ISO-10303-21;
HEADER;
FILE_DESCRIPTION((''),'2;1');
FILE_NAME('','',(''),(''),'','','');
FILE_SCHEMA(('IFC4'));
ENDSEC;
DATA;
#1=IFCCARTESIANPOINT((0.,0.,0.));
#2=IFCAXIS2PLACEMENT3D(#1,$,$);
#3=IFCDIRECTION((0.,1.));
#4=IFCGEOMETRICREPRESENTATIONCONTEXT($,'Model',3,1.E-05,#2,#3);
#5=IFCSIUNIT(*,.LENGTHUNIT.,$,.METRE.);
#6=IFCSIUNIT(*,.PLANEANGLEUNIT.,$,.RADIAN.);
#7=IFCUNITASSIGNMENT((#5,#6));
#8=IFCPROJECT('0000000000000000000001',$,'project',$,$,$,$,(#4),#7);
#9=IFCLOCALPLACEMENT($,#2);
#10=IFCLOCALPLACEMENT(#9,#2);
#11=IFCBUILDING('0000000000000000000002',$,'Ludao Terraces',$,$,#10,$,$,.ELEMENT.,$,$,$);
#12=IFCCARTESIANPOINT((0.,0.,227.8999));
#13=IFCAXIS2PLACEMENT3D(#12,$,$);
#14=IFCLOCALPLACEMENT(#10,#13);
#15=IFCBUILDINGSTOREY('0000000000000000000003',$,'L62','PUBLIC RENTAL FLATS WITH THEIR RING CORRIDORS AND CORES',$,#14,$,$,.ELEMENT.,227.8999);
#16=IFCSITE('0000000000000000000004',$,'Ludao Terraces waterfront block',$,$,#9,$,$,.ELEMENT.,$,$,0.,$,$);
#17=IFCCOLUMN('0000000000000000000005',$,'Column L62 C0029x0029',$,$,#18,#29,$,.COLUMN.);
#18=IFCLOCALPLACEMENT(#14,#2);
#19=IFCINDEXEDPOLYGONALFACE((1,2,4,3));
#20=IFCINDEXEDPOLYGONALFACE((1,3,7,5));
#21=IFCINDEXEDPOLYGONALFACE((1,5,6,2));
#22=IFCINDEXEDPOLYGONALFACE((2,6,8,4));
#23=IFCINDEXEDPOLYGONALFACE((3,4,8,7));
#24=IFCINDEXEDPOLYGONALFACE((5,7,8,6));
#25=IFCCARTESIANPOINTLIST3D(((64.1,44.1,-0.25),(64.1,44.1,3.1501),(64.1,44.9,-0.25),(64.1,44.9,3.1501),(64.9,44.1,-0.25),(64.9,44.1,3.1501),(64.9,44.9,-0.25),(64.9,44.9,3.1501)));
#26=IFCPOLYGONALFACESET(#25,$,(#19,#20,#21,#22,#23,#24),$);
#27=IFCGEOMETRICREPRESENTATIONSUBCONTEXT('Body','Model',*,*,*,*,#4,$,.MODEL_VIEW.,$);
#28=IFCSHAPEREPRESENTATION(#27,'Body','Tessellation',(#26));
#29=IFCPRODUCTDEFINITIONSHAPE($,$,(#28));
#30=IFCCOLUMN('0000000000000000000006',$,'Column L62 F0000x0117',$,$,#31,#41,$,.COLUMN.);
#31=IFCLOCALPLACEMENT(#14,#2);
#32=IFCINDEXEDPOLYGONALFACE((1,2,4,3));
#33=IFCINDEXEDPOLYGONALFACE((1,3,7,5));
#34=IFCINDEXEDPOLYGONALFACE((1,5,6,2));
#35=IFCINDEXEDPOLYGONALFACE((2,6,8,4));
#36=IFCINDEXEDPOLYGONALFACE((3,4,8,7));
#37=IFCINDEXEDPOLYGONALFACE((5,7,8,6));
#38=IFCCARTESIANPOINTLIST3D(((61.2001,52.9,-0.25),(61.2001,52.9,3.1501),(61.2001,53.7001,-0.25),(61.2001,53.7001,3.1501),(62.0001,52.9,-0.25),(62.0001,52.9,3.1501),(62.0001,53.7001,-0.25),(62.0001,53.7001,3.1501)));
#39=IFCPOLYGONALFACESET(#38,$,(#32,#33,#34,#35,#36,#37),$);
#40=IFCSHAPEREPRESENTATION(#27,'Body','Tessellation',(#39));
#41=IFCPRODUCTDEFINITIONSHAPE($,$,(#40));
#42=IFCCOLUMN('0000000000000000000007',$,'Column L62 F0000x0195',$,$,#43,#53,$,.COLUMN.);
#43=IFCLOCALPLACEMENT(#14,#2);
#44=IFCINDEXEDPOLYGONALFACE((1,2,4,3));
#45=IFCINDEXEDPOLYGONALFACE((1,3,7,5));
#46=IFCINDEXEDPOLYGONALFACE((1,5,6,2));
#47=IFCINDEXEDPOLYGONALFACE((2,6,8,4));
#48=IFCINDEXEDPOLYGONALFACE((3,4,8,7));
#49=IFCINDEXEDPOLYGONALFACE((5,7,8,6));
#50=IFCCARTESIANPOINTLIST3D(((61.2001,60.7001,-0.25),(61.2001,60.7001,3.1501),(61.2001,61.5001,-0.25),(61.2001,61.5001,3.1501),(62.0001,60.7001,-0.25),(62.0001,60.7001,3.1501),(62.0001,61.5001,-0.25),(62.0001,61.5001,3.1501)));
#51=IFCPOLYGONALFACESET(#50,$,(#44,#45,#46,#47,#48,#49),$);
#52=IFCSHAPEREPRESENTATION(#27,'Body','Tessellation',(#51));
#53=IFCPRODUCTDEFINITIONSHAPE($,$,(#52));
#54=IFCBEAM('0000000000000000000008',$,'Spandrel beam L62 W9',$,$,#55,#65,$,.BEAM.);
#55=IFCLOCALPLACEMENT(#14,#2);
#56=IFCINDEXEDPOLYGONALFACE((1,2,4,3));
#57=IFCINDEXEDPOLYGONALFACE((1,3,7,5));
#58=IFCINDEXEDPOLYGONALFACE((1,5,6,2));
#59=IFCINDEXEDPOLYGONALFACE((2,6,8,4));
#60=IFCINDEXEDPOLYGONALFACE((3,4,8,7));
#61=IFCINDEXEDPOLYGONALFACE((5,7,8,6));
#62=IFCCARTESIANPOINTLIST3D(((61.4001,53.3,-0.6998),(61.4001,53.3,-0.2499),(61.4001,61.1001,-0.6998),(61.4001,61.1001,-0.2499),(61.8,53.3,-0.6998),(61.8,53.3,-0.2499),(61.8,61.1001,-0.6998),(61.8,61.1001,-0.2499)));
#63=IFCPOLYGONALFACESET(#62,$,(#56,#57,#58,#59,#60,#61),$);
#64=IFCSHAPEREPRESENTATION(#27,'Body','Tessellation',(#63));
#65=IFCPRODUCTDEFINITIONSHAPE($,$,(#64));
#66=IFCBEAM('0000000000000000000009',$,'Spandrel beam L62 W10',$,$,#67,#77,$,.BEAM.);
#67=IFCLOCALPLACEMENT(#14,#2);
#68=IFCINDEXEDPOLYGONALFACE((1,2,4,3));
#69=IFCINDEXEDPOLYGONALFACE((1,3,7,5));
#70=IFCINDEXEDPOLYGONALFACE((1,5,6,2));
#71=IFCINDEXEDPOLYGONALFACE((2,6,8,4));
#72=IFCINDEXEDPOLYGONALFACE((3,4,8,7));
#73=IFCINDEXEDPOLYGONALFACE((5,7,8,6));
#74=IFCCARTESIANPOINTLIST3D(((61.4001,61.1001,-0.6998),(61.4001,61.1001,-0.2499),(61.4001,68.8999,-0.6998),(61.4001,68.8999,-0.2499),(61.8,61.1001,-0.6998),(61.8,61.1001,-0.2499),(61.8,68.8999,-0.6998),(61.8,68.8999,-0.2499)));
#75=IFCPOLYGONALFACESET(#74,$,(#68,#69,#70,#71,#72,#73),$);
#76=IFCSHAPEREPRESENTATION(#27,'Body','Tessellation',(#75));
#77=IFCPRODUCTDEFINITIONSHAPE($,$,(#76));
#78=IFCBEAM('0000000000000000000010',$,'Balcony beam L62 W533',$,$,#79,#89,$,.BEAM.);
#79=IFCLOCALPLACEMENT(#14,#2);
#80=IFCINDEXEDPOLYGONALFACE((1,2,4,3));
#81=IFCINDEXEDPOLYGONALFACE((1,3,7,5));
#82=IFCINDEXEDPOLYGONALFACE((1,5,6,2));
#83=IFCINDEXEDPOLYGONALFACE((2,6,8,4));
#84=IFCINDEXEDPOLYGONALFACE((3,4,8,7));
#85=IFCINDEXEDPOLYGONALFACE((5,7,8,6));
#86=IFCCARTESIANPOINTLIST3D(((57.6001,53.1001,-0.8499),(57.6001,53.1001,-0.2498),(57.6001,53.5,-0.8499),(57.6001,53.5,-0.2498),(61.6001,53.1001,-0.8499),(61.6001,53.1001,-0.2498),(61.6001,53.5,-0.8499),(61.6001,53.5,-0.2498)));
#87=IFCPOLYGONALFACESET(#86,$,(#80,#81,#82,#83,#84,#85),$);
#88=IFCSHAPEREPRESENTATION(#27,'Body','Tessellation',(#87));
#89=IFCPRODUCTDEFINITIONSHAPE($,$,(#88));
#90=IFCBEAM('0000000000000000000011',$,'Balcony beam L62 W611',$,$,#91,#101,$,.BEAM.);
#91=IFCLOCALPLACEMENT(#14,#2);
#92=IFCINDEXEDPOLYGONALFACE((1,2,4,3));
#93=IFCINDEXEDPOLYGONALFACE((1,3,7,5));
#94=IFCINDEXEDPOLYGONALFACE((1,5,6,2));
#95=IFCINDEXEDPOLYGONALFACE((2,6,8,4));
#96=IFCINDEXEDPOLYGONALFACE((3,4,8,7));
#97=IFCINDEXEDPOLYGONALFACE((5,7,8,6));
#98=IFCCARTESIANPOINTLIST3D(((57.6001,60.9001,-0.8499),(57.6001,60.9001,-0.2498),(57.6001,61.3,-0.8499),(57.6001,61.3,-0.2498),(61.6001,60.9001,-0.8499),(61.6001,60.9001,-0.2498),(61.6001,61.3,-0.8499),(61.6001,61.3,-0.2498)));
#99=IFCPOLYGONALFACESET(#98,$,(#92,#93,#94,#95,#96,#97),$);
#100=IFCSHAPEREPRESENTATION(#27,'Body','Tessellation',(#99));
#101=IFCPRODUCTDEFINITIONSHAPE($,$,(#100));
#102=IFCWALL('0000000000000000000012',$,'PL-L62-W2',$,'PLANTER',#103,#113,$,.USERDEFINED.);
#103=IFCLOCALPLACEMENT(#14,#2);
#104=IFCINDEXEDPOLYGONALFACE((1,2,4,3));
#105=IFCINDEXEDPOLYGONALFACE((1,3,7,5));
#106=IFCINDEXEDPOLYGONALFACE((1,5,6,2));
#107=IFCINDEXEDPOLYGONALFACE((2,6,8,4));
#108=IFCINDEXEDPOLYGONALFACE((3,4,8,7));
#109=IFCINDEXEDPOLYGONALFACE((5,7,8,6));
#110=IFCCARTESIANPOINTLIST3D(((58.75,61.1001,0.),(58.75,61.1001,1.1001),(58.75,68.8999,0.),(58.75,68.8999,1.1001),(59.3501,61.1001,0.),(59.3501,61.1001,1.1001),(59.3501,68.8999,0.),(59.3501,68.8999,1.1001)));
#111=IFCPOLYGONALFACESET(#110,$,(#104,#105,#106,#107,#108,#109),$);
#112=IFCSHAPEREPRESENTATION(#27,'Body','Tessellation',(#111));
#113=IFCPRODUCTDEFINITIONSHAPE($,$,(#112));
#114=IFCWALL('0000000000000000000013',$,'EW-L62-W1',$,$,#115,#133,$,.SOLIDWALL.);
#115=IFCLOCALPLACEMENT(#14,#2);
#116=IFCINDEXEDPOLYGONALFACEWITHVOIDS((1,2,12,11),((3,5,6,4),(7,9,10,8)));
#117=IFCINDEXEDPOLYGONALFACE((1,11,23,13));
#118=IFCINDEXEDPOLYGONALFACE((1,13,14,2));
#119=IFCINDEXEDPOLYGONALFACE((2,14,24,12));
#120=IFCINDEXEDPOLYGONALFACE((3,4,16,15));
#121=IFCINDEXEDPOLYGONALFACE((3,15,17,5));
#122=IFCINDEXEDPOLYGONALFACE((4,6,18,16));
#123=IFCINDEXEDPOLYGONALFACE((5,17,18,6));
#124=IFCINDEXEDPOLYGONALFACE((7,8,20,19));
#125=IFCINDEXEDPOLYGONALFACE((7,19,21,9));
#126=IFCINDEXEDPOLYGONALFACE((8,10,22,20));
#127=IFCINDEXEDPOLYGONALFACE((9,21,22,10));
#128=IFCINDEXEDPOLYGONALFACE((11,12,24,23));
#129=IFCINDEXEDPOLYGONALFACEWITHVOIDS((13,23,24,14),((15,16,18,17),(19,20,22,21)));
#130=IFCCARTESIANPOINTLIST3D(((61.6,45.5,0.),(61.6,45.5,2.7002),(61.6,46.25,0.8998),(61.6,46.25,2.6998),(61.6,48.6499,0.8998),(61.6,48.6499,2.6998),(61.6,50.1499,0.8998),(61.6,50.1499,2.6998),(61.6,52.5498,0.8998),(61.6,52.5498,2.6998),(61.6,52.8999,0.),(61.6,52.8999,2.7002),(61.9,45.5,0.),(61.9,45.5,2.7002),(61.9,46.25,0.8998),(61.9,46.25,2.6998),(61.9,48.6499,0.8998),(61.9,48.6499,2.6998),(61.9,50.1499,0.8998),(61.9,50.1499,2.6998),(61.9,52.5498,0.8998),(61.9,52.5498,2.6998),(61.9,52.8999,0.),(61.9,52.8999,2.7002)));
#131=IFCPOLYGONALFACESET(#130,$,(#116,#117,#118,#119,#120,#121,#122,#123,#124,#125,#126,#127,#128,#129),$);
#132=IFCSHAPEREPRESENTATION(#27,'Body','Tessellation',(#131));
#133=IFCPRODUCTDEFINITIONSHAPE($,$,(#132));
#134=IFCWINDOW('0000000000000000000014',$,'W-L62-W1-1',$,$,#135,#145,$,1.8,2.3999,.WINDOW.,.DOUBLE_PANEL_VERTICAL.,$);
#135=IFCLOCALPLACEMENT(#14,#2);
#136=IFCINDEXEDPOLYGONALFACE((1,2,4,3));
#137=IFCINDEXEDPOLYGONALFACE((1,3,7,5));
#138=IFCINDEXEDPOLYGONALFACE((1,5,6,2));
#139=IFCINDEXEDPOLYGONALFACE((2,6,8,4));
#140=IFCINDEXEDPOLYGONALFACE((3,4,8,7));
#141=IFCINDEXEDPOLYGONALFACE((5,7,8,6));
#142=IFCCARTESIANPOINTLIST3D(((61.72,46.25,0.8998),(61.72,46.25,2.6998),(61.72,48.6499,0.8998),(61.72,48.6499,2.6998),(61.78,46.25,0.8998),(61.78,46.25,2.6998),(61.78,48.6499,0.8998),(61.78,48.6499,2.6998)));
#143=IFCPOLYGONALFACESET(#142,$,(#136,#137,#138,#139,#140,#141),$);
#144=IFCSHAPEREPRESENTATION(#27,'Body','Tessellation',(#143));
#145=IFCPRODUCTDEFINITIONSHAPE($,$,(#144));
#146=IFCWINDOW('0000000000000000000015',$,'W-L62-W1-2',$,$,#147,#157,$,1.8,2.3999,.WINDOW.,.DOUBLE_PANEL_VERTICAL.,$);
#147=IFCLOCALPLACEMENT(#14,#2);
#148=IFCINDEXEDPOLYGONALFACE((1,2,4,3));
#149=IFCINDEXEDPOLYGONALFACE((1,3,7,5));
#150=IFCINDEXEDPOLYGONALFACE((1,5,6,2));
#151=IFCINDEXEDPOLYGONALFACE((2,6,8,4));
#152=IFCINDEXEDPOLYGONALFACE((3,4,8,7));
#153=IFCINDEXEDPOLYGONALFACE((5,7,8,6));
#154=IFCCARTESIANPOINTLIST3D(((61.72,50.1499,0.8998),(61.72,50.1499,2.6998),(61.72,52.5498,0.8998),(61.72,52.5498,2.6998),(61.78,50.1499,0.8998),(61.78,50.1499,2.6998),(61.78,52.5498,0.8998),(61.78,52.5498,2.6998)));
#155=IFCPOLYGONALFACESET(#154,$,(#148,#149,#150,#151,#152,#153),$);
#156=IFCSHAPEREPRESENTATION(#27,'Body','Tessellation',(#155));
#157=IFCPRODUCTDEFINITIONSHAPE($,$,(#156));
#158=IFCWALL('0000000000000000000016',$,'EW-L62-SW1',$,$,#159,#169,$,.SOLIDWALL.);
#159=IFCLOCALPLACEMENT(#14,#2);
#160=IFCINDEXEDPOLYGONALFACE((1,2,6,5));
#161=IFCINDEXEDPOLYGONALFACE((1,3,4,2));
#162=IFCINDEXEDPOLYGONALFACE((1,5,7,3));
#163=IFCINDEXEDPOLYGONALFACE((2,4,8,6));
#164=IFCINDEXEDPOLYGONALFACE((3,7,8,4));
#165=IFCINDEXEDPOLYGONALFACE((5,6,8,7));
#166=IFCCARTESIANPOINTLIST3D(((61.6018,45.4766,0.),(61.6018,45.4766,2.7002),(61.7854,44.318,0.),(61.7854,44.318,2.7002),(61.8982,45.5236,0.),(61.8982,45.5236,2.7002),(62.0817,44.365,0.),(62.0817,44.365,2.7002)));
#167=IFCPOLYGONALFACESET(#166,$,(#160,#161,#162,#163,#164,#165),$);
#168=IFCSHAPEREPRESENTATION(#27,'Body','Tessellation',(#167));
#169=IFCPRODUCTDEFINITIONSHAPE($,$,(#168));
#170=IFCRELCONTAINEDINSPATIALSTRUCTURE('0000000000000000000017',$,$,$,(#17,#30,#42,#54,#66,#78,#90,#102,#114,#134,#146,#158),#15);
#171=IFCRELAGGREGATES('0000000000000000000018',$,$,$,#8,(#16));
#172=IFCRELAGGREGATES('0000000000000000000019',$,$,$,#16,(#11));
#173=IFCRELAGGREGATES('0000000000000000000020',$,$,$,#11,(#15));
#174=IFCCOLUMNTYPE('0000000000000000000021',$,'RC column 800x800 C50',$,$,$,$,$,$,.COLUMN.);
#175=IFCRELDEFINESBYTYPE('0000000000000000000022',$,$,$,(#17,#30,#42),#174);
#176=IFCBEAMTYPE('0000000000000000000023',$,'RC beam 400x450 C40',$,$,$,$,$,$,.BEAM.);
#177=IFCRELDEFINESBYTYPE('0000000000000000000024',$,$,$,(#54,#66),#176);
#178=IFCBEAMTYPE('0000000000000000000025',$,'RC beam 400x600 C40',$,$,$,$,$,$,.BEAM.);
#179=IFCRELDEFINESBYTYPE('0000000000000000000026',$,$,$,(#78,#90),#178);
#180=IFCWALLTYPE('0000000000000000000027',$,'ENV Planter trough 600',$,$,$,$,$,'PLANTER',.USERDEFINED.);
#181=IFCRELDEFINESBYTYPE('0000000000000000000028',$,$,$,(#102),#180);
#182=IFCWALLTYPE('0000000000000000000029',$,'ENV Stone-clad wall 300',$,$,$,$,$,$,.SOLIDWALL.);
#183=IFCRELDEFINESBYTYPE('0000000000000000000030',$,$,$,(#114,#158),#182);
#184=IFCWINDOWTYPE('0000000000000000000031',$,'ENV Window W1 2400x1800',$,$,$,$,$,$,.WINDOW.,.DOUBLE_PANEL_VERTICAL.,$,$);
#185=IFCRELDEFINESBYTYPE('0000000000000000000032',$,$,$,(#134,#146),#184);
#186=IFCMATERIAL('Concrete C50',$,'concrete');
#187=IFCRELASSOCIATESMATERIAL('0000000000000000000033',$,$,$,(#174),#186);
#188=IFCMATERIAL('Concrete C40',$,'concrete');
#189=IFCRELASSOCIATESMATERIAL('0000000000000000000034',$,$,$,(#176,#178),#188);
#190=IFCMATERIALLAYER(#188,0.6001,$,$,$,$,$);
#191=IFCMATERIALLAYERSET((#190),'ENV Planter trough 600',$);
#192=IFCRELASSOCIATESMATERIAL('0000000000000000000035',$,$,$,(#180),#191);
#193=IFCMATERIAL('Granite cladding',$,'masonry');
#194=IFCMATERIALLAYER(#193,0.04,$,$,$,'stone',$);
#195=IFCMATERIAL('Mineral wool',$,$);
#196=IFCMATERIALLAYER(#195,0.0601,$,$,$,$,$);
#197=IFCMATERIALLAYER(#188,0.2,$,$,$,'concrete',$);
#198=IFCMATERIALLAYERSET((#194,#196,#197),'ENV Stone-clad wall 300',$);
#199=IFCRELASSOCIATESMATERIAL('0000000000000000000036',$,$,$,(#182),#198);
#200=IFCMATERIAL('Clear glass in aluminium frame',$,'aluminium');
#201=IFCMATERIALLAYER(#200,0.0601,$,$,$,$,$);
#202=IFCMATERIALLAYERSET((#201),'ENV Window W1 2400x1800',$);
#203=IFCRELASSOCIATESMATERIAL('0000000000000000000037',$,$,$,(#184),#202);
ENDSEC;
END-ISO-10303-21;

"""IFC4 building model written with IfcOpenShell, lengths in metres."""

from ifc_helpers import new_model, si_unit, direction, frame, frame_2d, origin, origin_2d, place, context, subcontext, project, spatial, rectangle, extrude, material, layer, layer_set, material_profile, profile_set, type_object, element, fill, save


model = new_model("IFC4")

# Units and contexts
model_context = context("Model", 3, precision=1e-05, world=origin(), true_north=direction((0.0, 1.0)))
body_context = subcontext(model_context, "Body", "Model", "MODEL_VIEW")
ifc_project = project(units=[si_unit("LENGTHUNIT", "METRE"), si_unit("PLANEANGLEUNIT", "RADIAN")], contexts=[model_context])

# Site, building, storey
site_placement = place(None, origin())
site = spatial("IfcSite", under=ifc_project, at=site_placement, Name="Ludao Terraces waterfront block", CompositionType="ELEMENT", RefElevation=0.0)
building_placement = place(site_placement, origin())
building = spatial("IfcBuilding", under=site, at=building_placement, Name="Ludao Terraces", CompositionType="ELEMENT")
storey_placement = place(building_placement, frame((0.0, 0.0, 227.8999)))
storey = spatial("IfcBuildingStorey", under=building, at=storey_placement, Name="L62", Description="PUBLIC RENTAL FLATS WITH THEIR RING CORRIDORS AND CORES", CompositionType="ELEMENT", Elevation=227.8999)

# Columns
ifc_material_1 = material(Name="Concrete C50", Category="concrete")
ifc_material_profile_1 = material_profile(ifc_material_1, rectangle(XDim=0.8, YDim=0.8, at=origin_2d()), Name="800 X 800")
ifc_profile_set_1 = profile_set([ifc_material_profile_1], Name="Concrete C50")
column_type = type_object("IfcColumnType", Name="RC column 800x800 C50", PredefinedType="COLUMN", material=ifc_profile_set_1)
for number, where, z_axis, x_axis, name in (
    (1, (64.5, 44.5, -0.25), (0.0, 0.0, 1.0), (1.0, 0.0, 0.0), "Column L62 C0029x0029"),
    (2, (61.6001, 53.3, -0.25), (0.0, 0.0, 1.0), (1.0, 0.0, 0.0), "Column L62 F0000x0117"),
    (3, (61.6001, 61.1001, -0.25), (0.0, 0.0, 1.0), (1.0, 0.0, 0.0), "Column L62 F0000x0195"),
):
    element("IfcColumn", number, at=place(storey_placement, frame(where, z_axis=z_axis, x_axis=x_axis)), inside=storey, type_object=column_type, Name=name, PredefinedType="COLUMN", context=body_context, shape_type="SweptSolid", body=[
        extrude(rectangle(XDim=0.8, YDim=0.8, at=origin_2d()), origin(), (0.0, 0.0, 1.0), 3.4001),
    ])

# Beams
ifc_material_2 = material(Name="Concrete C40", Category="concrete")
ifc_material_profile_2 = material_profile(ifc_material_2, rectangle(XDim=0.3999, YDim=0.45, at=origin_2d()), Name="400 X 450")
ifc_profile_set_2 = profile_set([ifc_material_profile_2], Name="Concrete C40")
beam_type_1 = type_object("IfcBeamType", Name="RC beam 400x450 C40", PredefinedType="BEAM", material=ifc_profile_set_2)
beam_1_placement = place(storey_placement, frame((61.6001, 53.3, -0.4749), z_axis=(0.0, 1.0, 0.0), x_axis=(-1.0, 0.0, 0.0)))
element("IfcBeam", 4, at=beam_1_placement, inside=storey, type_object=beam_type_1, Name="Spandrel beam L62 W9", PredefinedType="BEAM", context=body_context, shape_type="SweptSolid", body=[
    extrude(rectangle(XDim=0.3999, YDim=0.45, at=origin_2d()), origin(), (0.0, 0.0, 1.0), 7.8),
])
beam_2_placement = place(storey_placement, frame((61.6001, 61.1001, -0.4749), z_axis=(0.0, 1.0, 0.0), x_axis=(-1.0, 0.0, 0.0)))
element("IfcBeam", 5, at=beam_2_placement, inside=storey, type_object=beam_type_1, Name="Spandrel beam L62 W10", PredefinedType="BEAM", context=body_context, shape_type="SweptSolid", body=[
    extrude(rectangle(XDim=0.3999, YDim=0.45, at=origin_2d()), origin(), (0.0, 0.0, 1.0), 7.7998),
])
ifc_material_profile_3 = material_profile(ifc_material_2, rectangle(XDim=0.3999, YDim=0.6001, at=origin_2d()), Name="400 X 600")
ifc_profile_set_3 = profile_set([ifc_material_profile_3], Name="Concrete C40")
beam_type_2 = type_object("IfcBeamType", Name="RC beam 400x600 C40", PredefinedType="BEAM", material=ifc_profile_set_3)
for number, where, z_axis, x_axis, name in (
    (6, (61.6001, 53.3, -0.5498), (-1.0, 0.0, 0.0), (0.0, -1.0, 0.0), "Balcony beam L62 W533"),
    (7, (61.6001, 61.1001, -0.5498), (-1.0, 0.0, 0.0), (0.0, -1.0, 0.0), "Balcony beam L62 W611"),
):
    element("IfcBeam", number, at=place(storey_placement, frame(where, z_axis=z_axis, x_axis=x_axis)), inside=storey, type_object=beam_type_2, Name=name, PredefinedType="BEAM", context=body_context, shape_type="SweptSolid", body=[
        extrude(rectangle(XDim=0.3999, YDim=0.6001, at=origin_2d()), origin(), (0.0, 0.0, 1.0), 4.0),
    ])

# Wall
ifc_layer_1 = layer(ifc_material_2, 0.6001)
ifc_layer_set_1 = layer_set([ifc_layer_1], Name="ENV Planter trough 600")
wall_type_1 = type_object("IfcWallType", Name="ENV Planter trough 600", ElementType="PLANTER", PredefinedType="USERDEFINED", material=ifc_layer_set_1)
wall_1_placement = place(storey_placement, frame((59.05, 61.1001, 0.0), z_axis=(0.0, 0.0, 1.0), x_axis=(0.0, 1.0, 0.0)))
element("IfcWall", 8, at=wall_1_placement, inside=storey, type_object=wall_type_1, Name="PL-L62-W2", ObjectType="PLANTER", PredefinedType="USERDEFINED", context=body_context, shape_type="SweptSolid", body=[
    extrude(rectangle(XDim=7.7998, YDim=0.6001, at=frame_2d((3.8999, 0.0))), origin(), (0.0, 0.0, 1.0), 1.1001),
])

# Wall, openings, windows
ifc_material_3 = material(Name="Granite cladding", Category="masonry")
ifc_layer_2 = layer(ifc_material_3, 0.04, Category="stone")
ifc_material_4 = material(Name="Mineral wool")
ifc_layer_3 = layer(ifc_material_4, 0.0601)
ifc_layer_4 = layer(ifc_material_2, 0.2, Category="concrete")
ifc_layer_set_2 = layer_set([ifc_layer_2, ifc_layer_3, ifc_layer_4], Name="ENV Stone-clad wall 300")
wall_type_2 = type_object("IfcWallType", Name="ENV Stone-clad wall 300", PredefinedType="SOLIDWALL", material=ifc_layer_set_2)
wall_2_placement = place(storey_placement, frame((61.75, 45.5, 0.0), z_axis=(0.0, 0.0, 1.0), x_axis=(0.0, 1.0, 0.0)))
wall_2 = element("IfcWall", 9, at=wall_2_placement, inside=storey, type_object=wall_type_2, Name="EW-L62-W1", PredefinedType="SOLIDWALL", context=body_context, shape_type="SweptSolid", body=[
    extrude(rectangle(XDim=7.3999, YDim=0.3, at=frame_2d((3.7, 0.0))), origin(), (0.0, 0.0, 1.0), 2.7002),
])
opening_1_placement = place(wall_2_placement, frame((0.75, 0.0, 0.8999)))
opening_1 = element("IfcOpeningElement", 10, at=opening_1_placement, cuts=wall_2, PredefinedType="OPENING", context=body_context, shape_type="SweptSolid", body=[
    extrude(rectangle(XDim=2.3999, YDim=1.8, at=frame_2d((1.2, 0.8999))), frame((0.0, 0.1602, 0.0), z_axis=(0.0, -1.0, 0.0), x_axis=(1.0, 0.0, 0.0)), (0.0, 0.0, 1.0), 0.3201),
])
opening_2_placement = place(wall_2_placement, frame((4.6499, 0.0, 0.8999)))
opening_2 = element("IfcOpeningElement", 11, at=opening_2_placement, cuts=wall_2, PredefinedType="OPENING", context=body_context, shape_type="SweptSolid", body=[
    extrude(rectangle(XDim=2.3999, YDim=1.8, at=frame_2d((1.2, 0.8999))), frame((0.0, 0.1602, 0.0), z_axis=(0.0, -1.0, 0.0), x_axis=(1.0, 0.0, 0.0)), (0.0, 0.0, 1.0), 0.3201),
])
ifc_material_5 = material(Name="Clear glass in aluminium frame", Category="aluminium")
ifc_layer_5 = layer(ifc_material_5, 0.0601)
ifc_layer_set_3 = layer_set([ifc_layer_5], Name="ENV Window W1 2400x1800")
window_type_1 = type_object("IfcWindowType", Name="ENV Window W1 2400x1800", PartitioningType="DOUBLE_PANEL_VERTICAL", PredefinedType="WINDOW", material=ifc_layer_set_3)
window_1_placement = place(opening_1_placement, origin())
window_1 = element("IfcWindow", 12, at=window_1_placement, inside=storey, type_object=window_type_1, Name="W-L62-W1-1", OverallHeight=1.8, OverallWidth=2.3999, PartitioningType="DOUBLE_PANEL_VERTICAL", PredefinedType="WINDOW", context=body_context, shape_type="SweptSolid", body=[
    extrude(rectangle(XDim=2.3999, YDim=1.8, at=frame_2d((1.2, 0.8999))), frame((0.0, 0.03, 0.0), z_axis=(0.0, -1.0, 0.0), x_axis=(1.0, 0.0, 0.0)), (0.0, 0.0, 1.0), 0.0601),
])
fill(opening_1, window_1)
window_2_placement = place(opening_2_placement, origin())
window_2 = element("IfcWindow", 13, at=window_2_placement, inside=storey, type_object=window_type_1, Name="W-L62-W1-2", OverallHeight=1.8, OverallWidth=2.3999, PartitioningType="DOUBLE_PANEL_VERTICAL", PredefinedType="WINDOW", context=body_context, shape_type="SweptSolid", body=[
    extrude(rectangle(XDim=2.3999, YDim=1.8, at=frame_2d((1.2, 0.8999))), frame((0.0, 0.03, 0.0), z_axis=(0.0, -1.0, 0.0), x_axis=(1.0, 0.0, 0.0)), (0.0, 0.0, 1.0), 0.0601),
])
fill(opening_2, window_2)

# Wall
wall_3_placement = place(storey_placement, frame((61.75, 45.5, 0.0), z_axis=(0.0, 0.0, 1.0), x_axis=(0.156497, -0.987678, 0.0)))
element("IfcWall", 14, at=wall_3_placement, inside=storey, type_object=wall_type_2, Name="EW-L62-SW1", PredefinedType="SOLIDWALL", context=body_context, shape_type="SweptSolid", body=[
    extrude(rectangle(XDim=1.1731, YDim=0.3, at=frame_2d((0.5864, 0.0))), origin(), (0.0, 0.0, 1.0), 2.7002),
])

save(model, "model.ifc")
